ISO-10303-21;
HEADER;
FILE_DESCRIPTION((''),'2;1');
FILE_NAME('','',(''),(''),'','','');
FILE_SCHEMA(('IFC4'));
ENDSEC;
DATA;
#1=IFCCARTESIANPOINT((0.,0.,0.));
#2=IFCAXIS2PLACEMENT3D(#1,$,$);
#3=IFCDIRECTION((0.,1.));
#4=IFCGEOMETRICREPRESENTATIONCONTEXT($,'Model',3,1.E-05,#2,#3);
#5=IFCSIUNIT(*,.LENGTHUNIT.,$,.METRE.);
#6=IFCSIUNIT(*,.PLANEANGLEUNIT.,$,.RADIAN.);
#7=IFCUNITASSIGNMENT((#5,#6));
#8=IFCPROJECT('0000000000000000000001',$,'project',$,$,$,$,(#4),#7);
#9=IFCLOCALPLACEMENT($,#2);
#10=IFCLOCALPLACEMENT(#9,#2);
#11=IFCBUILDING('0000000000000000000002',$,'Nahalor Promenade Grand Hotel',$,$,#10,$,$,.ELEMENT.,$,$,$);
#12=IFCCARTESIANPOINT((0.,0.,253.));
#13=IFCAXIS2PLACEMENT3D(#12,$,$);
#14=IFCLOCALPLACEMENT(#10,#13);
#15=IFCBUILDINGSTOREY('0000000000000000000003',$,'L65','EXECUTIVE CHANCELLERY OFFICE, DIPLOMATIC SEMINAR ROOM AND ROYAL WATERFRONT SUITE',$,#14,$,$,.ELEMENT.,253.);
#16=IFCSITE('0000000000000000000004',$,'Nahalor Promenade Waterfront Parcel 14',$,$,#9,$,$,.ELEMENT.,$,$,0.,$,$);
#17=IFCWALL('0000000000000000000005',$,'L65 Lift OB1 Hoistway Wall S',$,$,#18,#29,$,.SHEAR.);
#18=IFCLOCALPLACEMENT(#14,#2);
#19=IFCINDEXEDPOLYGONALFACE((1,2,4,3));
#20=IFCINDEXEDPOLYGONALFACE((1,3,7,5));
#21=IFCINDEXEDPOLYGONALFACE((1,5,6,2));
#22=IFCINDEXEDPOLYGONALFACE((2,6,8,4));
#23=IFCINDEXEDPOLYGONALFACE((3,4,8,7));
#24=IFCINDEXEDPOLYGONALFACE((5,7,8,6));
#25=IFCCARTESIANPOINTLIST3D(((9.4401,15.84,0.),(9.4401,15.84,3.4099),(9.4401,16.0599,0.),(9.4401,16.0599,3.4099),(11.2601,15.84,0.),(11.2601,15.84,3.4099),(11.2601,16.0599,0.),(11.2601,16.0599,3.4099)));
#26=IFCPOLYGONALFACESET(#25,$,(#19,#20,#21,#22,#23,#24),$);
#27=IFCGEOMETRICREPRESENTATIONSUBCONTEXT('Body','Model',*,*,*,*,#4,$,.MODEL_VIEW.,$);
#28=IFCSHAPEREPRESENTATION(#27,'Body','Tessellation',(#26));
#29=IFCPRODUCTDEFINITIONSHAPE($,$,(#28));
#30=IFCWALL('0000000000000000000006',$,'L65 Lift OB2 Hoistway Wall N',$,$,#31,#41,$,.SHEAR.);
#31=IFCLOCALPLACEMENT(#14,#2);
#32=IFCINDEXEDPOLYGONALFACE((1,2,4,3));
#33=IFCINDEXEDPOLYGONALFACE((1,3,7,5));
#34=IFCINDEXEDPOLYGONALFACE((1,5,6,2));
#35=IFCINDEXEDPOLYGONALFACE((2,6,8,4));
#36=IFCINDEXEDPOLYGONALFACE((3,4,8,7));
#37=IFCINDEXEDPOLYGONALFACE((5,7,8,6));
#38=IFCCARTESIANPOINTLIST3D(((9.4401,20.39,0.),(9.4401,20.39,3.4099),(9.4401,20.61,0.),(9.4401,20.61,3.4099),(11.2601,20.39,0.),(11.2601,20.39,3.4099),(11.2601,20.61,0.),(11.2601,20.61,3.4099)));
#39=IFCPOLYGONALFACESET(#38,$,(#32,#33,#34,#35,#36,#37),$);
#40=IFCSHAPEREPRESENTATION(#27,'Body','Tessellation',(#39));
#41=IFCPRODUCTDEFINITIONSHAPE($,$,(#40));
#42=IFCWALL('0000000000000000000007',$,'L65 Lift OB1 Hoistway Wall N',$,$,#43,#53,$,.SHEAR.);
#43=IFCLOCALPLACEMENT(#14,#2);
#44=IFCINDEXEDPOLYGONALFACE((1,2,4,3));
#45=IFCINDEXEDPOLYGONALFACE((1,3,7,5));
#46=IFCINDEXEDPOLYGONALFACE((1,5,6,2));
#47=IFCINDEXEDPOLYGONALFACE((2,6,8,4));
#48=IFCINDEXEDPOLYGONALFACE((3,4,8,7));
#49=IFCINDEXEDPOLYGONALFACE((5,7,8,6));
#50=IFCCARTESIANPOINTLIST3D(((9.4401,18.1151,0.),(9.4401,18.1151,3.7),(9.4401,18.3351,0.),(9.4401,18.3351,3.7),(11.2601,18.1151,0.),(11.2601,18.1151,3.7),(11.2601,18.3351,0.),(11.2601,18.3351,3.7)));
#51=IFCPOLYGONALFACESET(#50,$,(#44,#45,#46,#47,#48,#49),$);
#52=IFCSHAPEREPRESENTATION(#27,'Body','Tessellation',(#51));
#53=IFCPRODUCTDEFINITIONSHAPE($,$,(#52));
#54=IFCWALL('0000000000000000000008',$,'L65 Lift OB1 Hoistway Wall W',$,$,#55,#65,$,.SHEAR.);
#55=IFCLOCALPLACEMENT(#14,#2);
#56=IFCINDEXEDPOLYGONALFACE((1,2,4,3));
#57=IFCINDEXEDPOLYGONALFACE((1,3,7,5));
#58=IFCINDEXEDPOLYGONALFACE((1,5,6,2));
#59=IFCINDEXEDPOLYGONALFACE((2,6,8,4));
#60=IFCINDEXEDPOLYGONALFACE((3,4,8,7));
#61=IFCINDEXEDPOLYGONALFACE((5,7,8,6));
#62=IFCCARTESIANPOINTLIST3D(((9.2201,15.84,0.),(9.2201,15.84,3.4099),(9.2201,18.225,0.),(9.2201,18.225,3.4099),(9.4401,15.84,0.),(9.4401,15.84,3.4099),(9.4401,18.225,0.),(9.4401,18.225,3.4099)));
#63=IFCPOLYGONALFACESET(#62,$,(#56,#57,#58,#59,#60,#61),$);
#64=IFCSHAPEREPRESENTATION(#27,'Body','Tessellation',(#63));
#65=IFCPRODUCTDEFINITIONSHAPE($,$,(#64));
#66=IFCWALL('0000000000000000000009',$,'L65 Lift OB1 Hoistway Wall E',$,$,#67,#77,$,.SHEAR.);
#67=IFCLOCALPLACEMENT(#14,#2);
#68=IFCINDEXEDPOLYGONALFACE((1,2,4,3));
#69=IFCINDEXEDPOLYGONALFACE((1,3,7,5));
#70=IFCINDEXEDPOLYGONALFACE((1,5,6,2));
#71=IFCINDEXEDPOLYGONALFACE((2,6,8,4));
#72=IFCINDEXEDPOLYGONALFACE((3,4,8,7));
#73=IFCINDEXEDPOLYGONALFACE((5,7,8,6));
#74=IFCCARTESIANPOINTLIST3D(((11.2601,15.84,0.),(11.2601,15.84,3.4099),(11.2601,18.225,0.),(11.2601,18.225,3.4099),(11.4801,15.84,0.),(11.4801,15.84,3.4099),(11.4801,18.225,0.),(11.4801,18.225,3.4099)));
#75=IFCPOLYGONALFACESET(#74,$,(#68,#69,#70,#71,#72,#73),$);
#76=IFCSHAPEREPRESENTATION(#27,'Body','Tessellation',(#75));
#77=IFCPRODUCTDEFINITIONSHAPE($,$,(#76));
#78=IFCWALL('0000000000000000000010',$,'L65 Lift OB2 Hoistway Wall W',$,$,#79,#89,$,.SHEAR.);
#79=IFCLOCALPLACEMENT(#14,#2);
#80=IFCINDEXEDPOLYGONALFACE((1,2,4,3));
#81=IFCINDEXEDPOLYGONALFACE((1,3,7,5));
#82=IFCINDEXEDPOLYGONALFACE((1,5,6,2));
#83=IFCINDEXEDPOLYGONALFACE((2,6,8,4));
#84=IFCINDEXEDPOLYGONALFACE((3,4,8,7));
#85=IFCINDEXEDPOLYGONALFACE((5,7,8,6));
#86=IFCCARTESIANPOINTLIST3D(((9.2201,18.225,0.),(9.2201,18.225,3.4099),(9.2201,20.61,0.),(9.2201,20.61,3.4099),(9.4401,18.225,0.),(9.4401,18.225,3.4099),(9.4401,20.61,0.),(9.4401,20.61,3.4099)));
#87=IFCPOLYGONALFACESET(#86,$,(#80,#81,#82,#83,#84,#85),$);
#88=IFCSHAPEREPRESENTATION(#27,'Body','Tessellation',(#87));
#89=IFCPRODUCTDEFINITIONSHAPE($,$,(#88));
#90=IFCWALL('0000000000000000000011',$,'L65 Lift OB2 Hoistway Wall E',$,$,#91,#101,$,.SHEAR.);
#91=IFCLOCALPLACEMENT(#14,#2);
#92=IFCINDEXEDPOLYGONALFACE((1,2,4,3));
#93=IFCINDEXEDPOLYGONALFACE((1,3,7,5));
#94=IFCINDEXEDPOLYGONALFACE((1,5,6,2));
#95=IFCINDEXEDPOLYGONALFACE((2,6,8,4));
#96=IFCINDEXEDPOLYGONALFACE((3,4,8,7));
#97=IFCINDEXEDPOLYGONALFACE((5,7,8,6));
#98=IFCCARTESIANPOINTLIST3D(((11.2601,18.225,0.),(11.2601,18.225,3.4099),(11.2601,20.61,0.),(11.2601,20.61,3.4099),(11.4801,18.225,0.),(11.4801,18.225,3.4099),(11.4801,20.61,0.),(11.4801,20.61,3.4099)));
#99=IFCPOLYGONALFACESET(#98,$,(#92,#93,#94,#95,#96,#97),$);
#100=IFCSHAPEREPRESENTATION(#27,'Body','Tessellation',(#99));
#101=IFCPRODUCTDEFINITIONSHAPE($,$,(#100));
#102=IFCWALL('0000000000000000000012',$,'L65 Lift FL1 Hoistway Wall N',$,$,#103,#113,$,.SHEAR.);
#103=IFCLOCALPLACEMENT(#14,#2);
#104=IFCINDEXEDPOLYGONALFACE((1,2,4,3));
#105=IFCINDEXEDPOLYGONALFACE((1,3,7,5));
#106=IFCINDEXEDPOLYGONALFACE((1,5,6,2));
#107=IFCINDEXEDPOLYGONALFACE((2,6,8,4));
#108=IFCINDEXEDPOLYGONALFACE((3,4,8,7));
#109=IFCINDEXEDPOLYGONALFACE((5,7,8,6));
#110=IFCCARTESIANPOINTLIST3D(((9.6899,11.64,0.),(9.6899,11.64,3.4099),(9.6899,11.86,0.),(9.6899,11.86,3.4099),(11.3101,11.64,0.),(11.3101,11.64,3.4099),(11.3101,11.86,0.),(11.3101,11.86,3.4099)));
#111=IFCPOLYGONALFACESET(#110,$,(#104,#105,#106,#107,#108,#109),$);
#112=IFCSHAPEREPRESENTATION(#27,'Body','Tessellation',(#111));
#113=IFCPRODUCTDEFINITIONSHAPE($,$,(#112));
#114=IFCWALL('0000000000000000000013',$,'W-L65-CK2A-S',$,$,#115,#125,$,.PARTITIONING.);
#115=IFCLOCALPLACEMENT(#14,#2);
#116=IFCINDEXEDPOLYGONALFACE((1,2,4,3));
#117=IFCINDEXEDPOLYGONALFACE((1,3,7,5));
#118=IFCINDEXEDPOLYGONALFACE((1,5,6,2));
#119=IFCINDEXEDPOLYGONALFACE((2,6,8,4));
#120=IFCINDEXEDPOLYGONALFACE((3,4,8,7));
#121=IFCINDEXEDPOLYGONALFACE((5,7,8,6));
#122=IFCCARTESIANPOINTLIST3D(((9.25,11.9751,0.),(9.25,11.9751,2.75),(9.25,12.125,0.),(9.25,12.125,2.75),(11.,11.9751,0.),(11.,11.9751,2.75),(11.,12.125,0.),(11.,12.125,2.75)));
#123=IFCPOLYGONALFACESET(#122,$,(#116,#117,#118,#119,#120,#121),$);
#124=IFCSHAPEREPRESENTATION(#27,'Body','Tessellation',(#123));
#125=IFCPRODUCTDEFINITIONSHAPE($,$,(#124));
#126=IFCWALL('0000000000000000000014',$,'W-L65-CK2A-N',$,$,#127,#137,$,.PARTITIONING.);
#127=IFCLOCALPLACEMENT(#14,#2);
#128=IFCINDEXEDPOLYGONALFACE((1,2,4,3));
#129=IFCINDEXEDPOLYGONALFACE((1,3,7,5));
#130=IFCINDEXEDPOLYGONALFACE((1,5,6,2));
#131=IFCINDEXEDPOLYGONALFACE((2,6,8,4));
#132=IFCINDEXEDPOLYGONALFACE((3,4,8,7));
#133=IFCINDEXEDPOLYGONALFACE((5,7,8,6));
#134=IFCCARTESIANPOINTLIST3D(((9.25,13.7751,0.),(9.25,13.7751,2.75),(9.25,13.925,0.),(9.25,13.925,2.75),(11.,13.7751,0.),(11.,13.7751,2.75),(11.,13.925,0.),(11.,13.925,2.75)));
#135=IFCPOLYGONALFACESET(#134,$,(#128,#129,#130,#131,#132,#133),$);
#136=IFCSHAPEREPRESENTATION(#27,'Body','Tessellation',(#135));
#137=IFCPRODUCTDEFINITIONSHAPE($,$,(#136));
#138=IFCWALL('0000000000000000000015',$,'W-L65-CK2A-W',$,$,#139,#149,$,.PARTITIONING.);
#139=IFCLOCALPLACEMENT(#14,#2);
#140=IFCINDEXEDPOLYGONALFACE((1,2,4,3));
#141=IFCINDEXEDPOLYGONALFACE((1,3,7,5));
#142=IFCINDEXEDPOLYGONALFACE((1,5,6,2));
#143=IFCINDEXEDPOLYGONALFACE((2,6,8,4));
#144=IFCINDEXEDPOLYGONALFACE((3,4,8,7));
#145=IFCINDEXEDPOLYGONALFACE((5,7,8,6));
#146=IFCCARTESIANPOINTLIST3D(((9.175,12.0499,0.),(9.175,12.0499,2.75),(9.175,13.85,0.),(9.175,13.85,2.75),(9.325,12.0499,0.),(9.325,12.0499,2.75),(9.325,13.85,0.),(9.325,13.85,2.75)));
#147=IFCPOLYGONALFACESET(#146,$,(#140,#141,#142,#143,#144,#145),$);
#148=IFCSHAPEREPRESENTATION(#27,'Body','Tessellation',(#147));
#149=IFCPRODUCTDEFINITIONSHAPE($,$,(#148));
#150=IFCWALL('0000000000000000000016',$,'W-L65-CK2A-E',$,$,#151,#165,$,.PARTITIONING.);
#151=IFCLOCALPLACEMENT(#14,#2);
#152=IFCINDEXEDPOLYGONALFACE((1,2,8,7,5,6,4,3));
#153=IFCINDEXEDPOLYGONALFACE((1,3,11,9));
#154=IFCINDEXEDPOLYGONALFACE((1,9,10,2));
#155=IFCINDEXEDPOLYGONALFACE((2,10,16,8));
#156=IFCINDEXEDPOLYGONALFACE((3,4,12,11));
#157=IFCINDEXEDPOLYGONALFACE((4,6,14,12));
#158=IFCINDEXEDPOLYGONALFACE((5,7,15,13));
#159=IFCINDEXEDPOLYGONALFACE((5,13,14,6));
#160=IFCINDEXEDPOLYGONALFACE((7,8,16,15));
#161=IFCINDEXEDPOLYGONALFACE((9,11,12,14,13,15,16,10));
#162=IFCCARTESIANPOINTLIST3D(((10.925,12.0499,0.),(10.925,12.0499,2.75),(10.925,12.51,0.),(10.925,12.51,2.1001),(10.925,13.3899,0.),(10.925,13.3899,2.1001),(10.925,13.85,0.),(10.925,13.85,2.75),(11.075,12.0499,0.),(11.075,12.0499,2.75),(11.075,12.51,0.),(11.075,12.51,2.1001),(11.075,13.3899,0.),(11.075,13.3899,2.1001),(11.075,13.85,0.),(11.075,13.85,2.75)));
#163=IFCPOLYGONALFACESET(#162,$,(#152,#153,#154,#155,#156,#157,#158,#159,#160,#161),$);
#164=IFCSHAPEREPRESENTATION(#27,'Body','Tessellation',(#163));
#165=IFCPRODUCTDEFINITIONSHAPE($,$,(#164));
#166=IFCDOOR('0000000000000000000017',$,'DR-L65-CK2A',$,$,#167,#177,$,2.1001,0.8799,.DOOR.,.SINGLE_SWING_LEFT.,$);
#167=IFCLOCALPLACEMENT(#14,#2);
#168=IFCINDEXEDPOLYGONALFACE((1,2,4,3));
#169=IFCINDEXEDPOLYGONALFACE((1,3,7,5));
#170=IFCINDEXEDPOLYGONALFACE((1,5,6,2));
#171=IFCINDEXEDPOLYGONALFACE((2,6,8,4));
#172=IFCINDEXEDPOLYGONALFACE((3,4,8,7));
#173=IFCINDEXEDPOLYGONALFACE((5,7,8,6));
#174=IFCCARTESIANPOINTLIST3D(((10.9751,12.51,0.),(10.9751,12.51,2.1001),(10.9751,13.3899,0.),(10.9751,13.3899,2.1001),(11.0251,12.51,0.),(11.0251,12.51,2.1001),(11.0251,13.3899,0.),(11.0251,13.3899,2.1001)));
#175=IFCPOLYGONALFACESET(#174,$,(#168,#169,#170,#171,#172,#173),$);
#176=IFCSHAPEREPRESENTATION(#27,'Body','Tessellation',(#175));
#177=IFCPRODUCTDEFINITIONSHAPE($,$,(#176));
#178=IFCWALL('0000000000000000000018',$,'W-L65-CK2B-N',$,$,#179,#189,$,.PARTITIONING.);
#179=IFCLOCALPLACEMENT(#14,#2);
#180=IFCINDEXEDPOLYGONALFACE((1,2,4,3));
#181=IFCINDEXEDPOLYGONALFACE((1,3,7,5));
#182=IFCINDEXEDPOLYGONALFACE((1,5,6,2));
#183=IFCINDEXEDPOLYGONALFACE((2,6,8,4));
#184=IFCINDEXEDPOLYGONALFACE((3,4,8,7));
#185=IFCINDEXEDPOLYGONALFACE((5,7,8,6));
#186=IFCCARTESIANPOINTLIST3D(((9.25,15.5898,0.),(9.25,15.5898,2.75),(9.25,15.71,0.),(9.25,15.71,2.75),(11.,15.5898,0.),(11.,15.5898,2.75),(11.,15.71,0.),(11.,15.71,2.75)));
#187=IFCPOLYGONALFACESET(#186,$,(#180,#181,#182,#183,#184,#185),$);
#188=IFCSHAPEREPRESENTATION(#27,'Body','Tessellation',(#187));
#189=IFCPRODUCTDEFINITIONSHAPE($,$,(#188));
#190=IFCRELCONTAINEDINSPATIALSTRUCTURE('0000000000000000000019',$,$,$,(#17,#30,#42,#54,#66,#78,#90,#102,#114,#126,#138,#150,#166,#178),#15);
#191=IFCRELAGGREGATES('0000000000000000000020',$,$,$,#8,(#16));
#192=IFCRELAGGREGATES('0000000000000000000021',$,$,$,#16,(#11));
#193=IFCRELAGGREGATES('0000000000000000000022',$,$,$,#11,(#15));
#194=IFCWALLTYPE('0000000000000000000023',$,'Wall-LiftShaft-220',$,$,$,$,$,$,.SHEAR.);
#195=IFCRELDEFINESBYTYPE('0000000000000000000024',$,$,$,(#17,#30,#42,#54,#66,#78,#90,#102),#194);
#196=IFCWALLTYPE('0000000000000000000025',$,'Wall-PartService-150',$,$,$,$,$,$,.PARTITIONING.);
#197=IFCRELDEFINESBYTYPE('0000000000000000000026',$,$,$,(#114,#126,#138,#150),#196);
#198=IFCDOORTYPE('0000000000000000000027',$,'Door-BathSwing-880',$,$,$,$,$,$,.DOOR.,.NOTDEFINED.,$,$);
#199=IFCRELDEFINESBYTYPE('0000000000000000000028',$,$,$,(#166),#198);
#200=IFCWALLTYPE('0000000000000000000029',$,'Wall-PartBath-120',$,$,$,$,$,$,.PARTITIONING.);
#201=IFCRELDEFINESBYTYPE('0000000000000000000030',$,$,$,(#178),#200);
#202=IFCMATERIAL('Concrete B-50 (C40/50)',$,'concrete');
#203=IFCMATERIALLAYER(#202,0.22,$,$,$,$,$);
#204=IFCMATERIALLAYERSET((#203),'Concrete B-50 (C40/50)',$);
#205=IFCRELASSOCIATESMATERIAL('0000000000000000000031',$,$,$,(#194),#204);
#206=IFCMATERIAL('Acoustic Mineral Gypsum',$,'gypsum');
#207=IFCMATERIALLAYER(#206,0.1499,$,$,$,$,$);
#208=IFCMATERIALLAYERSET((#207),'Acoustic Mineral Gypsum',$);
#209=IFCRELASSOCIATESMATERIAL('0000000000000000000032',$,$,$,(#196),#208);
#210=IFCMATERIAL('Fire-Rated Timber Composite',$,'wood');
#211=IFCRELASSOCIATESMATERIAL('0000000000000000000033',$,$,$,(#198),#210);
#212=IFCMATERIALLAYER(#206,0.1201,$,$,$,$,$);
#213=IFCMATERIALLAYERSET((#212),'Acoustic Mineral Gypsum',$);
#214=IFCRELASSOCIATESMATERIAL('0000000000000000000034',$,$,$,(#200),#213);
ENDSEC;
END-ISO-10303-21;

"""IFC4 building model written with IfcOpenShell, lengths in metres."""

from ifc_helpers import new_model, si_unit, direction, frame, frame_2d, origin, place, context, subcontext, project, spatial, rectangle, extrude, source, transform, mapped, material, layer, layer_set, type_object, element, fill, save


model = new_model("IFC4")

# Units and contexts
model_context = context("Model", 3, precision=1e-05, world=origin(), true_north=direction((0.0, 1.0)))
body_context = subcontext(model_context, "Body", "Model", "MODEL_VIEW")
ifc_project = project(units=[si_unit("LENGTHUNIT", "METRE"), si_unit("PLANEANGLEUNIT", "RADIAN")], contexts=[model_context])

# Site, building, storey
site_placement = place(None, origin())
site = spatial("IfcSite", under=ifc_project, at=site_placement, Name="Nahalor Promenade Waterfront Parcel 14", CompositionType="ELEMENT", RefElevation=0.0)
building_placement = place(site_placement, origin())
building = spatial("IfcBuilding", under=site, at=building_placement, Name="Nahalor Promenade Grand Hotel", CompositionType="ELEMENT")
storey_placement = place(building_placement, frame((0.0, 0.0, 253.0)))
storey = spatial("IfcBuildingStorey", under=building, at=storey_placement, Name="L65", Description="EXECUTIVE CHANCELLERY OFFICE, DIPLOMATIC SEMINAR ROOM AND ROYAL WATERFRONT SUITE", CompositionType="ELEMENT", Elevation=253.0)

# Walls
ifc_material_1 = material(Name="Concrete B-50 (C40/50)", Category="concrete")
ifc_layer_1 = layer(ifc_material_1, 0.22)
ifc_layer_set_1 = layer_set([ifc_layer_1], Name="Concrete B-50 (C40/50)")
wall_type_1 = type_object("IfcWallType", Name="Wall-LiftShaft-220", PredefinedType="SHEAR", material=ifc_layer_set_1)
shared_shape_1 = source(origin(), body_context, "Body", "SweptSolid", [
    extrude(rectangle(XDim=1.8201, YDim=0.22, at=frame_2d((0.9102, 0.0))), origin(), (0.0, 0.0, 1.0), 3.4099),
])
for number, where, z_axis, x_axis, name in (
    (1, (9.4399, 15.95, 0.0), (0.0, 0.0, 1.0), (1.0, 0.0, 0.0), "L65 Lift OB1 Hoistway Wall S"),
    (2, (9.4399, 20.5, 0.0), (0.0, 0.0, 1.0), (1.0, 0.0, 0.0), "L65 Lift OB2 Hoistway Wall N"),
):
    element("IfcWall", number, at=place(storey_placement, frame(where, z_axis=z_axis, x_axis=x_axis)), inside=storey, type_object=wall_type_1, Name=name, PredefinedType="SHEAR", context=body_context, shape_type="MappedRepresentation", body=[
        mapped(shared_shape_1, transform((0.0, 0.0, 0.0), scale=1.0)),
    ])
shared_shape_2 = source(origin(), body_context, "Body", "SweptSolid", [
    extrude(rectangle(XDim=1.8201, YDim=0.22, at=frame_2d((0.9102, 0.0))), origin(), (0.0, 0.0, 1.0), 3.7),
])
wall_1_placement = place(storey_placement, frame((9.4399, 18.2251, 0.0), z_axis=(0.0, 0.0, 1.0), x_axis=(1.0, 0.0, 0.0)))
element("IfcWall", 3, at=wall_1_placement, inside=storey, type_object=wall_type_1, Name="L65 Lift OB1 Hoistway Wall N", PredefinedType="SHEAR", context=body_context, shape_type="MappedRepresentation", body=[
    mapped(shared_shape_2, transform((0.0, 0.0, 0.0), scale=1.0)),
])
shared_shape_3 = source(origin(), body_context, "Body", "SweptSolid", [
    extrude(rectangle(XDim=2.385, YDim=0.22, at=frame_2d((1.1924, 0.0))), origin(), (0.0, 0.0, 1.0), 3.4099),
])
for number, where, z_axis, x_axis, name in (
    (4, (9.3301, 15.8401, 0.0), (0.0, 0.0, 1.0), (0.0, 1.0, 0.0), "L65 Lift OB1 Hoistway Wall W"),
    (5, (11.3701, 15.8401, 0.0), (0.0, 0.0, 1.0), (0.0, 1.0, 0.0), "L65 Lift OB1 Hoistway Wall E"),
    (6, (9.3301, 18.2251, 0.0), (0.0, 0.0, 1.0), (0.0, 1.0, 0.0), "L65 Lift OB2 Hoistway Wall W"),
    (7, (11.3701, 18.2251, 0.0), (0.0, 0.0, 1.0), (0.0, 1.0, 0.0), "L65 Lift OB2 Hoistway Wall E"),
):
    element("IfcWall", number, at=place(storey_placement, frame(where, z_axis=z_axis, x_axis=x_axis)), inside=storey, type_object=wall_type_1, Name=name, PredefinedType="SHEAR", context=body_context, shape_type="MappedRepresentation", body=[
        mapped(shared_shape_3, transform((0.0, 0.0, 0.0), scale=1.0)),
    ])
shared_shape_4 = source(origin(), body_context, "Body", "SweptSolid", [
    extrude(rectangle(XDim=1.6201, YDim=0.22, at=frame_2d((0.8101, 0.0))), origin(), (0.0, 0.0, 1.0), 3.4099),
])
wall_2_placement = place(storey_placement, frame((9.6899, 11.75, 0.0), z_axis=(0.0, 0.0, 1.0), x_axis=(1.0, 0.0, 0.0)))
element("IfcWall", 8, at=wall_2_placement, inside=storey, type_object=wall_type_1, Name="L65 Lift FL1 Hoistway Wall N", PredefinedType="SHEAR", context=body_context, shape_type="MappedRepresentation", body=[
    mapped(shared_shape_4, transform((0.0, 0.0, 0.0), scale=1.0)),
])
ifc_material_2 = material(Name="Acoustic Mineral Gypsum", Category="gypsum")
ifc_layer_2 = layer(ifc_material_2, 0.1499)
ifc_layer_set_2 = layer_set([ifc_layer_2], Name="Acoustic Mineral Gypsum")
wall_type_2 = type_object("IfcWallType", Name="Wall-PartService-150", PredefinedType="PARTITIONING", material=ifc_layer_set_2)
shared_shape_5 = source(origin(), body_context, "Body", "SweptSolid", [
    extrude(rectangle(XDim=1.75, YDim=0.1499, at=frame_2d((0.875, 0.0))), origin(), (0.0, 0.0, 1.0), 2.75),
])
for number, where, z_axis, x_axis, name in (
    (9, (9.25, 12.05, 0.0), (0.0, 0.0, 1.0), (1.0, 0.0, 0.0), "W-L65-CK2A-S"),
    (10, (9.25, 13.8501, 0.0), (0.0, 0.0, 1.0), (1.0, 0.0, 0.0), "W-L65-CK2A-N"),
):
    element("IfcWall", number, at=place(storey_placement, frame(where, z_axis=z_axis, x_axis=x_axis)), inside=storey, type_object=wall_type_2, Name=name, PredefinedType="PARTITIONING", context=body_context, shape_type="MappedRepresentation", body=[
        mapped(shared_shape_5, transform((0.0, 0.0, 0.0), scale=1.0)),
    ])
shared_shape_6 = source(origin(), body_context, "Body", "SweptSolid", [
    extrude(rectangle(XDim=1.8, YDim=0.1499, at=frame_2d((0.8999, 0.0))), origin(), (0.0, 0.0, 1.0), 2.75),
])
wall_3_placement = place(storey_placement, frame((9.25, 12.05, 0.0), z_axis=(0.0, 0.0, 1.0), x_axis=(0.0, 1.0, 0.0)))
element("IfcWall", 11, at=wall_3_placement, inside=storey, type_object=wall_type_2, Name="W-L65-CK2A-W", PredefinedType="PARTITIONING", context=body_context, shape_type="MappedRepresentation", body=[
    mapped(shared_shape_6, transform((0.0, 0.0, 0.0), scale=1.0)),
])

# Wall, opening, door
wall_4_placement = place(storey_placement, frame((11.0, 12.05, 0.0), z_axis=(0.0, 0.0, 1.0), x_axis=(0.0, 1.0, 0.0)))
wall_4 = element("IfcWall", 12, at=wall_4_placement, inside=storey, type_object=wall_type_2, Name="W-L65-CK2A-E", PredefinedType="PARTITIONING", context=body_context, shape_type="MappedRepresentation", body=[
    mapped(shared_shape_6, transform((0.0, 0.0, 0.0), scale=1.0)),
])
opening_1_placement = place(wall_4_placement, frame((0.46, 0.0, 0.0)))
opening_1 = element("IfcOpeningElement", 13, at=opening_1_placement, cuts=wall_4, PredefinedType="OPENING", context=body_context, shape_type="SweptSolid", body=[
    extrude(rectangle(XDim=0.8799, YDim=2.1001, at=frame_2d((0.4399, 1.05))), frame((0.0, 0.085, 0.0), z_axis=(0.0, -1.0, 0.0), x_axis=(1.0, 0.0, 0.0)), (0.0, 0.0, 1.0), 0.1699),
])
ifc_material_3 = material(Name="Fire-Rated Timber Composite", Category="wood")
door_type = type_object("IfcDoorType", Name="Door-BathSwing-880", OperationType="NOTDEFINED", PredefinedType="DOOR", material=ifc_material_3)
shared_shape_7 = source(origin(), body_context, "Body", "SweptSolid", [
    extrude(rectangle(XDim=0.8799, YDim=2.1001, at=frame_2d((0.4399, 1.05))), frame((0.0, 0.0249, 0.0), z_axis=(0.0, -1.0, 0.0), x_axis=(1.0, 0.0, 0.0)), (0.0, 0.0, 1.0), 0.05),
])
door_1_placement = place(opening_1_placement, origin())
door_1 = element("IfcDoor", 14, at=door_1_placement, inside=storey, type_object=door_type, Name="DR-L65-CK2A", OperationType="SINGLE_SWING_LEFT", OverallHeight=2.1001, OverallWidth=0.8799, PredefinedType="DOOR", context=body_context, shape_type="MappedRepresentation", body=[
    mapped(shared_shape_7, transform((0.0, 0.0, 0.0), scale=1.0)),
])
fill(opening_1, door_1)

# Wall
ifc_layer_3 = layer(ifc_material_2, 0.1201)
ifc_layer_set_3 = layer_set([ifc_layer_3], Name="Acoustic Mineral Gypsum")
wall_type_3 = type_object("IfcWallType", Name="Wall-PartBath-120", PredefinedType="PARTITIONING", material=ifc_layer_set_3)
shared_shape_8 = source(origin(), body_context, "Body", "SweptSolid", [
    extrude(rectangle(XDim=1.75, YDim=0.1201, at=frame_2d((0.875, 0.0))), origin(), (0.0, 0.0, 1.0), 2.75),
])
wall_5_placement = place(storey_placement, frame((9.25, 15.6499, 0.0), z_axis=(0.0, 0.0, 1.0), x_axis=(1.0, 0.0, 0.0)))
element("IfcWall", 15, at=wall_5_placement, inside=storey, type_object=wall_type_3, Name="W-L65-CK2B-N", PredefinedType="PARTITIONING", context=body_context, shape_type="MappedRepresentation", body=[
    mapped(shared_shape_8, transform((0.0, 0.0, 0.0), scale=1.0)),
])

save(model, "model.ifc")
